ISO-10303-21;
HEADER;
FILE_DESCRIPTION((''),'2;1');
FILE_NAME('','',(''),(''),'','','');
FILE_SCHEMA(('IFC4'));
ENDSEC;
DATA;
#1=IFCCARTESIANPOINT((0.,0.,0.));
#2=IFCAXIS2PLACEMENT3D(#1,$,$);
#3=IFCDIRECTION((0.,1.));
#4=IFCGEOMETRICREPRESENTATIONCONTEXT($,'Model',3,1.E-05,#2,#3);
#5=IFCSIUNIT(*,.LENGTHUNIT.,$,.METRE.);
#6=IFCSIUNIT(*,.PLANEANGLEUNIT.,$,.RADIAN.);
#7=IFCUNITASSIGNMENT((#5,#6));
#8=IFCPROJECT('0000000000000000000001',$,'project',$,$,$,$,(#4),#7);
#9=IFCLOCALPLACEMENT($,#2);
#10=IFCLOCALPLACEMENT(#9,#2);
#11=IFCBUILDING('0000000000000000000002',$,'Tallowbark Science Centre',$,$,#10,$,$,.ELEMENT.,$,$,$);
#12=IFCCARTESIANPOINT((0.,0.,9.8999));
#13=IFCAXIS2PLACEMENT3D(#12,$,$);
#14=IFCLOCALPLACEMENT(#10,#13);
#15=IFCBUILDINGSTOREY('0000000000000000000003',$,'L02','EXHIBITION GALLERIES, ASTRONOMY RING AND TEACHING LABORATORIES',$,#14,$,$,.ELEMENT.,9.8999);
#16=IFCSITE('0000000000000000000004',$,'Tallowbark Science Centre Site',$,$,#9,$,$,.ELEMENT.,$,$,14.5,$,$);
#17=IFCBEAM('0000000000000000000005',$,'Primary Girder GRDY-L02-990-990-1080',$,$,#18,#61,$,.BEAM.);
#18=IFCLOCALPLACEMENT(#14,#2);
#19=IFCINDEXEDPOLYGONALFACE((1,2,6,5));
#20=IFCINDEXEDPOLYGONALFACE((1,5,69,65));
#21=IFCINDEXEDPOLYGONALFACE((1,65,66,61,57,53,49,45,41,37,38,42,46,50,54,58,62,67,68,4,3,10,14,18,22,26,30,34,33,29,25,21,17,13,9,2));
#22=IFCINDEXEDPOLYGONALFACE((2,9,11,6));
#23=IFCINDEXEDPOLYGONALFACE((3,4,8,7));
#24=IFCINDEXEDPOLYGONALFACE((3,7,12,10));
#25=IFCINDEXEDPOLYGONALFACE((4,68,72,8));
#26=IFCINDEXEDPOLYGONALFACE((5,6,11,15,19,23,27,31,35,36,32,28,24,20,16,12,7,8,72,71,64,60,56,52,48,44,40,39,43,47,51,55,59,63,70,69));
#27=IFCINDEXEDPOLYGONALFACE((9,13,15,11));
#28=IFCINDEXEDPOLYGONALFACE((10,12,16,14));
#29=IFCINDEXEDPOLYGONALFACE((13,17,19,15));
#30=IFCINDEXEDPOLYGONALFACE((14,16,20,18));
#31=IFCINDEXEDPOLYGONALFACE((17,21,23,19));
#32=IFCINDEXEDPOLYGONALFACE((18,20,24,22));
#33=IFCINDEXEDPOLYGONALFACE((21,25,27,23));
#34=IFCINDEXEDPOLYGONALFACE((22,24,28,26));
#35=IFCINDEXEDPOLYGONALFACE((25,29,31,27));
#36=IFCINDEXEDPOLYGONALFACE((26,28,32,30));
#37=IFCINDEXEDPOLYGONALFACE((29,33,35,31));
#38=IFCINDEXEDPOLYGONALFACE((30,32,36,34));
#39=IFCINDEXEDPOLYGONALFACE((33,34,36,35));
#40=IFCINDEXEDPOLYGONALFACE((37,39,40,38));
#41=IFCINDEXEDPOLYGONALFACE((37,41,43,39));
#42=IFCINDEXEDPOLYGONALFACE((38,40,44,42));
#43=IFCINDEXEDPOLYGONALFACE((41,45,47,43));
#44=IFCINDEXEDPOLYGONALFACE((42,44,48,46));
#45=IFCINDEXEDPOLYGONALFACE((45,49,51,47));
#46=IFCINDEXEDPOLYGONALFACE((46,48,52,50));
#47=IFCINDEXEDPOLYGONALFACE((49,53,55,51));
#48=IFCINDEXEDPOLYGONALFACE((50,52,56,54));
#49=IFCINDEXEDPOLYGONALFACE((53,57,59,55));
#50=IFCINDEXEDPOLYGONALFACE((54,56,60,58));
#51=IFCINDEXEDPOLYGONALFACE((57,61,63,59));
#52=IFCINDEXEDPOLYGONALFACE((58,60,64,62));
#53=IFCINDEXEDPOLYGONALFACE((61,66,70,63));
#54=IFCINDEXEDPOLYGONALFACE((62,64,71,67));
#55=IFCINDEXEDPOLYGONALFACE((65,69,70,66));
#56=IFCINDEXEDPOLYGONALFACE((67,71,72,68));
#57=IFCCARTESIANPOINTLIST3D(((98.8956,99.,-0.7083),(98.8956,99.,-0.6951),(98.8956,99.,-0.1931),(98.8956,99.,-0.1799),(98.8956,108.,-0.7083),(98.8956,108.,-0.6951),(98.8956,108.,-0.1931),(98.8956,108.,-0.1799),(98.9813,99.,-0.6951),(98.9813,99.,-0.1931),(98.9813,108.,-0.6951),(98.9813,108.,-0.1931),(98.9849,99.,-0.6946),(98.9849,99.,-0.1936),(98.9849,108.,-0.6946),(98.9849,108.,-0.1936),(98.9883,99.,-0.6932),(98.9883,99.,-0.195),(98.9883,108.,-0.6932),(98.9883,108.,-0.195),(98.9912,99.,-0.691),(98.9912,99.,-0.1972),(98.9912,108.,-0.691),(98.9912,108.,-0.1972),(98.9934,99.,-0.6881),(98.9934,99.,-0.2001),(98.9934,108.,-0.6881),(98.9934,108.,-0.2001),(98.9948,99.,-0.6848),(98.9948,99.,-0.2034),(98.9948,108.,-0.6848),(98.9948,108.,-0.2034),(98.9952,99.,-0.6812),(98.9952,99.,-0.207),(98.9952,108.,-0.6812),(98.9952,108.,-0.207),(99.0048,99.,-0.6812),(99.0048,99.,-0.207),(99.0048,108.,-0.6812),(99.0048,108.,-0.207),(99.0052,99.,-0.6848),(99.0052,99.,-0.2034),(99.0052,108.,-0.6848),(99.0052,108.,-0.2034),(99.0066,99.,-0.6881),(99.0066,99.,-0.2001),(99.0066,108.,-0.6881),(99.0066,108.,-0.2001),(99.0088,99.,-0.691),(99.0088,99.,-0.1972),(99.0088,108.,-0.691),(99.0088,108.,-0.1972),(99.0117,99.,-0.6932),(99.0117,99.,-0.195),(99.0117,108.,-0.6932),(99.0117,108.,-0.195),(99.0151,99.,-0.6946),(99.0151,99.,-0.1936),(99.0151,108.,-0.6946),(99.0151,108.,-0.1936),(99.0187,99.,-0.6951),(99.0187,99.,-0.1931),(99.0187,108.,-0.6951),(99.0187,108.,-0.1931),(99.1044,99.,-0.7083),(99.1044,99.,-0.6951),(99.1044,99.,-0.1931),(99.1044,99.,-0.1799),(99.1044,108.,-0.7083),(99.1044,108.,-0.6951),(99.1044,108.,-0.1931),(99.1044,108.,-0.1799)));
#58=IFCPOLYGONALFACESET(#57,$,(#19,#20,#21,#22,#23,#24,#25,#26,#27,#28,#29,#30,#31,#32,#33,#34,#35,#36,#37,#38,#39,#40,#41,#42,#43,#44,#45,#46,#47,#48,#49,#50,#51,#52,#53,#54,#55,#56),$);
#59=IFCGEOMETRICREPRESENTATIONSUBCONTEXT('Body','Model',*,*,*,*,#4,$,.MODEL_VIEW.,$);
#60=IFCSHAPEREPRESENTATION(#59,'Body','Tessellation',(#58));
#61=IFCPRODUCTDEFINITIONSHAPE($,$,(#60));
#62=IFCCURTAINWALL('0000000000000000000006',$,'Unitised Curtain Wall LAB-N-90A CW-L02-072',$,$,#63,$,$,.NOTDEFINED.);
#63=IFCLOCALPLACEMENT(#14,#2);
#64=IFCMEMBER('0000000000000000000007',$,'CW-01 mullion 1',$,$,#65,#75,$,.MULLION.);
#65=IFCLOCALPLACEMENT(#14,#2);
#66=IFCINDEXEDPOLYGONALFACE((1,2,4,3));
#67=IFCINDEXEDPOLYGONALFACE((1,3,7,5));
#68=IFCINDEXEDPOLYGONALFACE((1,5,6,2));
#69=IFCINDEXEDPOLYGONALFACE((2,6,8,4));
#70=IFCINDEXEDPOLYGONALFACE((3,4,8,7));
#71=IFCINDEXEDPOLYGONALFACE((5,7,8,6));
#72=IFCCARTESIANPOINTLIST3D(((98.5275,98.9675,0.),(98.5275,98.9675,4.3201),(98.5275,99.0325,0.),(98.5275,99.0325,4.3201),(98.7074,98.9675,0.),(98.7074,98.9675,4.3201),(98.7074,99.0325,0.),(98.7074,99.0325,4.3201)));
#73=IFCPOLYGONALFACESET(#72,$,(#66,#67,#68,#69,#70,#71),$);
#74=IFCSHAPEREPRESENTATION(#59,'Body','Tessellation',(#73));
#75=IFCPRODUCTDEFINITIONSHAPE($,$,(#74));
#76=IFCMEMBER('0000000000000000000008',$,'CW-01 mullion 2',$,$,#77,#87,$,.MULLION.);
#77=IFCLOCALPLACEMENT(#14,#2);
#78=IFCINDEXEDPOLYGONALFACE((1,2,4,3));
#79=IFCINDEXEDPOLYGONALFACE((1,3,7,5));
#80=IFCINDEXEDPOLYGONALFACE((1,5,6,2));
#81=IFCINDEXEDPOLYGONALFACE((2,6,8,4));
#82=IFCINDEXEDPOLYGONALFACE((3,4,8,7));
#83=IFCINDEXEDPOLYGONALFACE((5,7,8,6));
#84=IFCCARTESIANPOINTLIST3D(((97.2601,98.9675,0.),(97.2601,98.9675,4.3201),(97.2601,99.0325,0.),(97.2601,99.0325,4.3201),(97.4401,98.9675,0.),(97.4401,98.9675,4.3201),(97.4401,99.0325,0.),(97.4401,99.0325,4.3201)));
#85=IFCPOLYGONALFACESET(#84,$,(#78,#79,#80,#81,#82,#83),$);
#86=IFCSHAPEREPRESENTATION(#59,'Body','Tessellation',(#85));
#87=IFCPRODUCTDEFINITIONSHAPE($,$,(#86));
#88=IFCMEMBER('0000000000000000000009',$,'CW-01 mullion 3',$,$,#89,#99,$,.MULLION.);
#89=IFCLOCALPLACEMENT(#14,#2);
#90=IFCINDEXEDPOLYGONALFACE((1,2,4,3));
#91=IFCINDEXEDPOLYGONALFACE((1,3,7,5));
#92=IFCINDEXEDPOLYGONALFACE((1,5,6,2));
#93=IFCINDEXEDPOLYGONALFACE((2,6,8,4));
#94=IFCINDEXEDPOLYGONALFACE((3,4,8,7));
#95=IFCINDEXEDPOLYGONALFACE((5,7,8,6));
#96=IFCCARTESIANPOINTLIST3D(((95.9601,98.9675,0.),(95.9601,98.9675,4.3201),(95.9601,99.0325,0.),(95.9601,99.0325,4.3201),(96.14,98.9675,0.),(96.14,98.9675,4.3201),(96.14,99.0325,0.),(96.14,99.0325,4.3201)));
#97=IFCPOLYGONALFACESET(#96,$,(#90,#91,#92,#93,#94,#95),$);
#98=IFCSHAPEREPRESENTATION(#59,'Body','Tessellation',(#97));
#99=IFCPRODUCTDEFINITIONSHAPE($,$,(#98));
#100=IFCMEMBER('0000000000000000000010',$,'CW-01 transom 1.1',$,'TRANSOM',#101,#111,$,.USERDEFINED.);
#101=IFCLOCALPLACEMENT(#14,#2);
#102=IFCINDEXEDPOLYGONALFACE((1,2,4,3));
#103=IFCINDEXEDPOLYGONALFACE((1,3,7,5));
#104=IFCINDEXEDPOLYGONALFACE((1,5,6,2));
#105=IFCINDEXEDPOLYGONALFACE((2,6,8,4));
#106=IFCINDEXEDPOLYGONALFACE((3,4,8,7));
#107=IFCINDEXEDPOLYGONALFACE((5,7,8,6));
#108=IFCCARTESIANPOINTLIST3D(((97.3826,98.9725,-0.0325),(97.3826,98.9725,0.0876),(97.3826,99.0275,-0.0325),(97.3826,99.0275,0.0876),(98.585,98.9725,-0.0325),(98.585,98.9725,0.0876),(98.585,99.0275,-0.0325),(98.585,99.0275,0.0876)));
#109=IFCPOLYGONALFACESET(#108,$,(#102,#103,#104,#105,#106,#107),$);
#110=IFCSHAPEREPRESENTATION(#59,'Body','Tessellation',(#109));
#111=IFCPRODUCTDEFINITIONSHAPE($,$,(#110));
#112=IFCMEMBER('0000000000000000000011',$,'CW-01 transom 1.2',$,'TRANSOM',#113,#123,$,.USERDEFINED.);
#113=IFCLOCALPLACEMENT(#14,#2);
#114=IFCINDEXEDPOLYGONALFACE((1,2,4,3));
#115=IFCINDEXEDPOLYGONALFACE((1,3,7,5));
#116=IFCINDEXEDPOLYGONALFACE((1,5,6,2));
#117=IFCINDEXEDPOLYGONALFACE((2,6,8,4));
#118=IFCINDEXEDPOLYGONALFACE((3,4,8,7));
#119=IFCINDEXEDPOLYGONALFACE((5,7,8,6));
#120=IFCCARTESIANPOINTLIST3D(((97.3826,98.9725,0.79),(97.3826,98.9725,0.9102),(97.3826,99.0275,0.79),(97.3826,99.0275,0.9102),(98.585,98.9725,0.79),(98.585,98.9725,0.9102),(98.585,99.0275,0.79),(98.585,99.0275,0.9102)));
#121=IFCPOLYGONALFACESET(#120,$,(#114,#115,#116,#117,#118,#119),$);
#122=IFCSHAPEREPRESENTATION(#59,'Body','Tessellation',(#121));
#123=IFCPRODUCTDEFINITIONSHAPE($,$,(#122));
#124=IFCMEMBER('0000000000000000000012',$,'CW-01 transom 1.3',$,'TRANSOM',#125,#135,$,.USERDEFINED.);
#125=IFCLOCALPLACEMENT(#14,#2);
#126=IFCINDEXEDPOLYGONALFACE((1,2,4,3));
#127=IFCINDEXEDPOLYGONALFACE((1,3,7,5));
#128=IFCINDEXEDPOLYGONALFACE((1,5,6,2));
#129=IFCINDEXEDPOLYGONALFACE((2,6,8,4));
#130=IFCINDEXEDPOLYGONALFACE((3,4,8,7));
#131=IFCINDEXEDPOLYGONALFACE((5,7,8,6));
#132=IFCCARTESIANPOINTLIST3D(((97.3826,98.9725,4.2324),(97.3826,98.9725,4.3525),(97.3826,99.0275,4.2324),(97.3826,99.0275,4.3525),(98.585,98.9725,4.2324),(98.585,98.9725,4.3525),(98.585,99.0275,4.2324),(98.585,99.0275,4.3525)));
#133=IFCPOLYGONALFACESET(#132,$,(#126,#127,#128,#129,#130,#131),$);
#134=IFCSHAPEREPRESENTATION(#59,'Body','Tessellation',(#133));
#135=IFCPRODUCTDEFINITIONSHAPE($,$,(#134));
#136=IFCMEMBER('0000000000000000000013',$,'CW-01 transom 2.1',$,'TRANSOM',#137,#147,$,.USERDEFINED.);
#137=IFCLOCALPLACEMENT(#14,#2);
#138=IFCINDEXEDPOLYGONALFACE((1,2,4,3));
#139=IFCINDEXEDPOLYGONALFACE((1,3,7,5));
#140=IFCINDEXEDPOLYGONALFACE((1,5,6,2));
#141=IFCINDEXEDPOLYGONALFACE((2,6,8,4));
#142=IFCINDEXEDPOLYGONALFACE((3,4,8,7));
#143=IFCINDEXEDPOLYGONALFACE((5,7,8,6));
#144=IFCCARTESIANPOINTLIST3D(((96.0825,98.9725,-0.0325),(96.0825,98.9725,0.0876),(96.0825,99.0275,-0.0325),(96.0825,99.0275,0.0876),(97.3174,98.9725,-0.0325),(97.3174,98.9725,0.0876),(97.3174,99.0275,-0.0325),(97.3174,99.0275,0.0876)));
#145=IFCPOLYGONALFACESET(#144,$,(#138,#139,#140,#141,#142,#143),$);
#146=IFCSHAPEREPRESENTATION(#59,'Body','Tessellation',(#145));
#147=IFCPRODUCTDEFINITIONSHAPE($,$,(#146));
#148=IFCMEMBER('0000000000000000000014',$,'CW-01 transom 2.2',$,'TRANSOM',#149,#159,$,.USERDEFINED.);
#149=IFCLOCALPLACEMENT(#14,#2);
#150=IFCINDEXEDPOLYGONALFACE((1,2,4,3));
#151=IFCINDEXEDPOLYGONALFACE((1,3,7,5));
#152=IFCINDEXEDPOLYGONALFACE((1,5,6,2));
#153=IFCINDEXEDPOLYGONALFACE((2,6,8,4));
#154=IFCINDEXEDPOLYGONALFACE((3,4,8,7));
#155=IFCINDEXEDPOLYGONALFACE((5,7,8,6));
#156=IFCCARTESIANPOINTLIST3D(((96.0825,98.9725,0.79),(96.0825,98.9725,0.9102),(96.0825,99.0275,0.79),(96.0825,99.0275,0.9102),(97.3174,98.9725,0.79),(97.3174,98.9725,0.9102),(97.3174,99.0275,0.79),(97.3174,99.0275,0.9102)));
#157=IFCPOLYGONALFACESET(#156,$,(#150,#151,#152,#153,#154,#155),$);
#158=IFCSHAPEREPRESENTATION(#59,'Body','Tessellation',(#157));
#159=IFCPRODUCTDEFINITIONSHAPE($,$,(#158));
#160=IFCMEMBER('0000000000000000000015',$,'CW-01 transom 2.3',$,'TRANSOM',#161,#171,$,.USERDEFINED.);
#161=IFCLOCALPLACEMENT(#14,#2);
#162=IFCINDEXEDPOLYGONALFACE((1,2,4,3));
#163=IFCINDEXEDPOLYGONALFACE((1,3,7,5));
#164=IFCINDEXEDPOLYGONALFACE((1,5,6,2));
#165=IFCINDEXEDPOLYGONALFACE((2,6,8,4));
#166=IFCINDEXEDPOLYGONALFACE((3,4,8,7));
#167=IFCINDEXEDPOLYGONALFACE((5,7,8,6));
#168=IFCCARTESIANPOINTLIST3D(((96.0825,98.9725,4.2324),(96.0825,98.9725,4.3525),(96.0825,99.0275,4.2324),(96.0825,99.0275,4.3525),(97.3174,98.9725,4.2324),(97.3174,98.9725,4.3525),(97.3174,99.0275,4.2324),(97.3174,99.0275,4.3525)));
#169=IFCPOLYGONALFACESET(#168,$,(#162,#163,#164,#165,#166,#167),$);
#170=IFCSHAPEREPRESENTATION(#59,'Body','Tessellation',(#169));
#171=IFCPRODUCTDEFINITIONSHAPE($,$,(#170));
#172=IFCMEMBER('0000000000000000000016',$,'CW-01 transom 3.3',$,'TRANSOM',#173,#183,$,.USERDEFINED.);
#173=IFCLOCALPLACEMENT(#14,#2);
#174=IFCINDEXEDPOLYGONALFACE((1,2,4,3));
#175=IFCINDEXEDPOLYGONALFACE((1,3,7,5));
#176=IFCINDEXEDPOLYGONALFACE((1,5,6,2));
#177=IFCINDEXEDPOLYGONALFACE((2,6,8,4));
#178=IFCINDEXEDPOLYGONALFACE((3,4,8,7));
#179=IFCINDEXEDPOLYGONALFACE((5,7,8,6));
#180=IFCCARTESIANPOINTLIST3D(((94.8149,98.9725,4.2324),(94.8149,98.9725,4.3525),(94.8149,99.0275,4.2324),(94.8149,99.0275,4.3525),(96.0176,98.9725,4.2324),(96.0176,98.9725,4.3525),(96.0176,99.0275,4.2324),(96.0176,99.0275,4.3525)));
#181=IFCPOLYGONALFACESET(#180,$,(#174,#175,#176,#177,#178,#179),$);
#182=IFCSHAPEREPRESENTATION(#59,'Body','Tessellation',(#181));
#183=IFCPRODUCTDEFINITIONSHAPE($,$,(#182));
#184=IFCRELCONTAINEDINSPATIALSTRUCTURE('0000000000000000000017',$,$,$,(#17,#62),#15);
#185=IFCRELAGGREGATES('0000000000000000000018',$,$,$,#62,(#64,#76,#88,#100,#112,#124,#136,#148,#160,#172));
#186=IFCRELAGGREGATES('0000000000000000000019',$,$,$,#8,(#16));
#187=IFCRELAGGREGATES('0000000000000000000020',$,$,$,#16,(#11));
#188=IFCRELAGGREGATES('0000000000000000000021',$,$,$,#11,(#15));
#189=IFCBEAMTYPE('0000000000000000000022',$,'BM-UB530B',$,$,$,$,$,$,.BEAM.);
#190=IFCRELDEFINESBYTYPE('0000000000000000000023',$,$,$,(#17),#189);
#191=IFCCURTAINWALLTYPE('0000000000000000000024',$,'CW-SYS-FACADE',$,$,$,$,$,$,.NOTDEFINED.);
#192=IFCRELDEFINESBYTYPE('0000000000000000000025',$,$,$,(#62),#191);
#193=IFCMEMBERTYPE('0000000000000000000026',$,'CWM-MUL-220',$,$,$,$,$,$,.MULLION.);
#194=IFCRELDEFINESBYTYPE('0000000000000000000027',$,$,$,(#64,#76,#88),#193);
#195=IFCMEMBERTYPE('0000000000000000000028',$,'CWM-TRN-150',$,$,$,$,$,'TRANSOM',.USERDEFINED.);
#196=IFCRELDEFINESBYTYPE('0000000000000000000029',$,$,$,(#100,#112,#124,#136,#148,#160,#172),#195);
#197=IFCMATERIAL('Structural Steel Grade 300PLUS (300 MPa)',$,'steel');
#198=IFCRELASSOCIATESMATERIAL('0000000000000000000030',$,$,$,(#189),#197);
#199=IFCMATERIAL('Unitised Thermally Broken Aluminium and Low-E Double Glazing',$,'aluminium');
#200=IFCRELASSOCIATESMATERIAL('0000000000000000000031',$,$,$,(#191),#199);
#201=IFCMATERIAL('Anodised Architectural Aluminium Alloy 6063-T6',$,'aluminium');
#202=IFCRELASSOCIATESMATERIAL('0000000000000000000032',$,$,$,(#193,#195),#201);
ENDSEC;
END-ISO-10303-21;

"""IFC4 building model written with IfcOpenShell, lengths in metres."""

from ifc_helpers import new_model, si_unit, direction, frame, origin, origin_2d, place, context, subcontext, project, spatial, rectangle, i_section, extrude, material, material_profile, profile_set, type_object, element, aggregate, save


model = new_model("IFC4")

# Units and contexts
model_context = context("Model", 3, precision=1e-05, world=origin(), true_north=direction((0.0, 1.0)))
body_context = subcontext(model_context, "Body", "Model", "MODEL_VIEW")
ifc_project = project(units=[si_unit("LENGTHUNIT", "METRE"), si_unit("PLANEANGLEUNIT", "RADIAN")], contexts=[model_context])

# Site, building, storey
site_placement = place(None, origin())
site = spatial("IfcSite", under=ifc_project, at=site_placement, Name="Tallowbark Science Centre Site", CompositionType="ELEMENT", RefElevation=14.5)
building_placement = place(site_placement, origin())
building = spatial("IfcBuilding", under=site, at=building_placement, Name="Tallowbark Science Centre", CompositionType="ELEMENT")
storey_placement = place(building_placement, frame((0.0, 0.0, 9.8999)))
storey = spatial("IfcBuildingStorey", under=building, at=storey_placement, Name="L02", Description="EXHIBITION GALLERIES, ASTRONOMY RING AND TEACHING LABORATORIES", CompositionType="ELEMENT", Elevation=9.8999)

# Shared definitions
ifc_material_1 = material(Name="Structural Steel Grade 300PLUS (300 MPa)", Category="steel")

# Beam
ifc_material_profile_1 = material_profile(ifc_material_1, i_section(OverallWidth=0.2087, OverallDepth=0.5283, WebThickness=0.0095, FlangeThickness=0.0132, FilletRadius=0.0139, at=origin_2d()), Name="530UB82.0")
ifc_profile_set_1 = profile_set([ifc_material_profile_1], Name="Structural Steel Grade 300PLUS (300 MPa)")
beam_type_1 = type_object("IfcBeamType", Name="BM-UB530B", PredefinedType="BEAM", material=ifc_profile_set_1)
beam_1_placement = place(storey_placement, frame((99.0, 99.0, -0.4441), z_axis=(0.0, 1.0, 0.0), x_axis=(-1.0, 0.0, 0.0)))
element("IfcBeam", 1, at=beam_1_placement, inside=storey, type_object=beam_type_1, Name="Primary Girder GRDY-L02-990-990-1080", PredefinedType="BEAM", context=body_context, shape_type="SweptSolid", body=[
    extrude(i_section(OverallWidth=0.2087, OverallDepth=0.5283, WebThickness=0.0095, FlangeThickness=0.0132, FilletRadius=0.0139, at=origin_2d()), origin(), (0.0, 0.0, 1.0), 9.0),
])

# Curtain wall, members
ifc_material_2 = material(Name="Unitised Thermally Broken Aluminium and Low-E Double Glazing", Category="aluminium")
curtain_wall_type = type_object("IfcCurtainWallType", Name="CW-SYS-FACADE", PredefinedType="NOTDEFINED", material=ifc_material_2)
curtain_wall_placement = place(storey_placement, origin())
curtain_wall = element("IfcCurtainWall", 2, at=curtain_wall_placement, inside=storey, type_object=curtain_wall_type, Name="Unitised Curtain Wall LAB-N-90A CW-L02-072", PredefinedType="NOTDEFINED")
ifc_material_3 = material(Name="Anodised Architectural Aluminium Alloy 6063-T6", Category="aluminium")
ifc_material_profile_2 = material_profile(ifc_material_3, rectangle(XDim=0.0649, YDim=0.1799, at=origin_2d()), Name="ALU65x180")
ifc_profile_set_2 = profile_set([ifc_material_profile_2], Name="Anodised Architectural Aluminium Alloy 6063-T6")
member_type_1 = type_object("IfcMemberType", Name="CWM-MUL-220", PredefinedType="MULLION", material=ifc_profile_set_2)
member_1_placement = place(storey_placement, frame((98.6174, 99.0, 0.0), z_axis=(0.0, 0.0, 1.0), x_axis=(0.0, -1.0, 0.0)))
member_1 = element("IfcMember", 3, at=member_1_placement, type_object=member_type_1, Name="CW-01 mullion 1", PredefinedType="MULLION", context=body_context, shape_type="SweptSolid", body=[
    extrude(rectangle(XDim=0.0649, YDim=0.1799, at=origin_2d()), origin(), (0.0, 0.0, 1.0), 4.3201),
])
member_2_placement = place(storey_placement, frame((97.3501, 99.0, 0.0), z_axis=(0.0, 0.0, 1.0), x_axis=(0.0, -1.0, 0.0)))
member_2 = element("IfcMember", 4, at=member_2_placement, type_object=member_type_1, Name="CW-01 mullion 2", PredefinedType="MULLION", context=body_context, shape_type="SweptSolid", body=[
    extrude(rectangle(XDim=0.0649, YDim=0.1799, at=origin_2d()), origin(), (0.0, 0.0, 1.0), 4.3201),
])
member_3_placement = place(storey_placement, frame((96.05, 99.0, 0.0), z_axis=(0.0, 0.0, 1.0), x_axis=(0.0, -1.0, 0.0)))
member_3 = element("IfcMember", 5, at=member_3_placement, type_object=member_type_1, Name="CW-01 mullion 3", PredefinedType="MULLION", context=body_context, shape_type="SweptSolid", body=[
    extrude(rectangle(XDim=0.0649, YDim=0.1799, at=origin_2d()), origin(), (0.0, 0.0, 1.0), 4.3201),
])
ifc_material_profile_3 = material_profile(ifc_material_3, rectangle(XDim=0.0549, YDim=0.1201, at=origin_2d()), Name="ALU55x120")
ifc_profile_set_3 = profile_set([ifc_material_profile_3], Name="Anodised Architectural Aluminium Alloy 6063-T6")
member_type_2 = type_object("IfcMemberType", Name="CWM-TRN-150", ElementType="TRANSOM", PredefinedType="USERDEFINED", material=ifc_profile_set_3)
member_4_placement = place(storey_placement, frame((98.585, 99.0, 0.0276), z_axis=(-1.0, 0.0, 0.0), x_axis=(0.0, -1.0, 0.0)))
member_4 = element("IfcMember", 6, at=member_4_placement, type_object=member_type_2, Name="CW-01 transom 1.1", ObjectType="TRANSOM", PredefinedType="USERDEFINED", context=body_context, shape_type="SweptSolid", body=[
    extrude(rectangle(XDim=0.0549, YDim=0.1201, at=origin_2d()), origin(), (0.0, 0.0, 1.0), 1.2024),
])
member_5_placement = place(storey_placement, frame((98.585, 99.0, 0.8501), z_axis=(-1.0, 0.0, 0.0), x_axis=(0.0, -1.0, 0.0)))
member_5 = element("IfcMember", 7, at=member_5_placement, type_object=member_type_2, Name="CW-01 transom 1.2", ObjectType="TRANSOM", PredefinedType="USERDEFINED", context=body_context, shape_type="SweptSolid", body=[
    extrude(rectangle(XDim=0.0549, YDim=0.1201, at=origin_2d()), origin(), (0.0, 0.0, 1.0), 1.2024),
])
member_6_placement = place(storey_placement, frame((98.585, 99.0, 4.2925), z_axis=(-1.0, 0.0, 0.0), x_axis=(0.0, -1.0, 0.0)))
member_6 = element("IfcMember", 8, at=member_6_placement, type_object=member_type_2, Name="CW-01 transom 1.3", ObjectType="TRANSOM", PredefinedType="USERDEFINED", context=body_context, shape_type="SweptSolid", body=[
    extrude(rectangle(XDim=0.0549, YDim=0.1201, at=origin_2d()), origin(), (0.0, 0.0, 1.0), 1.2024),
])
member_7_placement = place(storey_placement, frame((97.3174, 99.0, 0.0276), z_axis=(-1.0, 0.0, 0.0), x_axis=(0.0, -1.0, 0.0)))
member_7 = element("IfcMember", 9, at=member_7_placement, type_object=member_type_2, Name="CW-01 transom 2.1", ObjectType="TRANSOM", PredefinedType="USERDEFINED", context=body_context, shape_type="SweptSolid", body=[
    extrude(rectangle(XDim=0.0549, YDim=0.1201, at=origin_2d()), origin(), (0.0, 0.0, 1.0), 1.2349),
])
member_8_placement = place(storey_placement, frame((97.3174, 99.0, 0.8501), z_axis=(-1.0, 0.0, 0.0), x_axis=(0.0, -1.0, 0.0)))
member_8 = element("IfcMember", 10, at=member_8_placement, type_object=member_type_2, Name="CW-01 transom 2.2", ObjectType="TRANSOM", PredefinedType="USERDEFINED", context=body_context, shape_type="SweptSolid", body=[
    extrude(rectangle(XDim=0.0549, YDim=0.1201, at=origin_2d()), origin(), (0.0, 0.0, 1.0), 1.2349),
])
member_9_placement = place(storey_placement, frame((97.3174, 99.0, 4.2925), z_axis=(-1.0, 0.0, 0.0), x_axis=(0.0, -1.0, 0.0)))
member_9 = element("IfcMember", 11, at=member_9_placement, type_object=member_type_2, Name="CW-01 transom 2.3", ObjectType="TRANSOM", PredefinedType="USERDEFINED", context=body_context, shape_type="SweptSolid", body=[
    extrude(rectangle(XDim=0.0549, YDim=0.1201, at=origin_2d()), origin(), (0.0, 0.0, 1.0), 1.2349),
])
member_10_placement = place(storey_placement, frame((96.0176, 99.0, 4.2925), z_axis=(-1.0, 0.0, 0.0), x_axis=(0.0, -1.0, 0.0)))
member_10 = element("IfcMember", 12, at=member_10_placement, type_object=member_type_2, Name="CW-01 transom 3.3", ObjectType="TRANSOM", PredefinedType="USERDEFINED", context=body_context, shape_type="SweptSolid", body=[
    extrude(rectangle(XDim=0.0549, YDim=0.1201, at=origin_2d()), origin(), (0.0, 0.0, 1.0), 1.2026),
])
aggregate(curtain_wall, [member_1, member_2, member_3, member_4, member_5, member_6, member_7, member_8, member_9, member_10])

save(model, "model.ifc")
